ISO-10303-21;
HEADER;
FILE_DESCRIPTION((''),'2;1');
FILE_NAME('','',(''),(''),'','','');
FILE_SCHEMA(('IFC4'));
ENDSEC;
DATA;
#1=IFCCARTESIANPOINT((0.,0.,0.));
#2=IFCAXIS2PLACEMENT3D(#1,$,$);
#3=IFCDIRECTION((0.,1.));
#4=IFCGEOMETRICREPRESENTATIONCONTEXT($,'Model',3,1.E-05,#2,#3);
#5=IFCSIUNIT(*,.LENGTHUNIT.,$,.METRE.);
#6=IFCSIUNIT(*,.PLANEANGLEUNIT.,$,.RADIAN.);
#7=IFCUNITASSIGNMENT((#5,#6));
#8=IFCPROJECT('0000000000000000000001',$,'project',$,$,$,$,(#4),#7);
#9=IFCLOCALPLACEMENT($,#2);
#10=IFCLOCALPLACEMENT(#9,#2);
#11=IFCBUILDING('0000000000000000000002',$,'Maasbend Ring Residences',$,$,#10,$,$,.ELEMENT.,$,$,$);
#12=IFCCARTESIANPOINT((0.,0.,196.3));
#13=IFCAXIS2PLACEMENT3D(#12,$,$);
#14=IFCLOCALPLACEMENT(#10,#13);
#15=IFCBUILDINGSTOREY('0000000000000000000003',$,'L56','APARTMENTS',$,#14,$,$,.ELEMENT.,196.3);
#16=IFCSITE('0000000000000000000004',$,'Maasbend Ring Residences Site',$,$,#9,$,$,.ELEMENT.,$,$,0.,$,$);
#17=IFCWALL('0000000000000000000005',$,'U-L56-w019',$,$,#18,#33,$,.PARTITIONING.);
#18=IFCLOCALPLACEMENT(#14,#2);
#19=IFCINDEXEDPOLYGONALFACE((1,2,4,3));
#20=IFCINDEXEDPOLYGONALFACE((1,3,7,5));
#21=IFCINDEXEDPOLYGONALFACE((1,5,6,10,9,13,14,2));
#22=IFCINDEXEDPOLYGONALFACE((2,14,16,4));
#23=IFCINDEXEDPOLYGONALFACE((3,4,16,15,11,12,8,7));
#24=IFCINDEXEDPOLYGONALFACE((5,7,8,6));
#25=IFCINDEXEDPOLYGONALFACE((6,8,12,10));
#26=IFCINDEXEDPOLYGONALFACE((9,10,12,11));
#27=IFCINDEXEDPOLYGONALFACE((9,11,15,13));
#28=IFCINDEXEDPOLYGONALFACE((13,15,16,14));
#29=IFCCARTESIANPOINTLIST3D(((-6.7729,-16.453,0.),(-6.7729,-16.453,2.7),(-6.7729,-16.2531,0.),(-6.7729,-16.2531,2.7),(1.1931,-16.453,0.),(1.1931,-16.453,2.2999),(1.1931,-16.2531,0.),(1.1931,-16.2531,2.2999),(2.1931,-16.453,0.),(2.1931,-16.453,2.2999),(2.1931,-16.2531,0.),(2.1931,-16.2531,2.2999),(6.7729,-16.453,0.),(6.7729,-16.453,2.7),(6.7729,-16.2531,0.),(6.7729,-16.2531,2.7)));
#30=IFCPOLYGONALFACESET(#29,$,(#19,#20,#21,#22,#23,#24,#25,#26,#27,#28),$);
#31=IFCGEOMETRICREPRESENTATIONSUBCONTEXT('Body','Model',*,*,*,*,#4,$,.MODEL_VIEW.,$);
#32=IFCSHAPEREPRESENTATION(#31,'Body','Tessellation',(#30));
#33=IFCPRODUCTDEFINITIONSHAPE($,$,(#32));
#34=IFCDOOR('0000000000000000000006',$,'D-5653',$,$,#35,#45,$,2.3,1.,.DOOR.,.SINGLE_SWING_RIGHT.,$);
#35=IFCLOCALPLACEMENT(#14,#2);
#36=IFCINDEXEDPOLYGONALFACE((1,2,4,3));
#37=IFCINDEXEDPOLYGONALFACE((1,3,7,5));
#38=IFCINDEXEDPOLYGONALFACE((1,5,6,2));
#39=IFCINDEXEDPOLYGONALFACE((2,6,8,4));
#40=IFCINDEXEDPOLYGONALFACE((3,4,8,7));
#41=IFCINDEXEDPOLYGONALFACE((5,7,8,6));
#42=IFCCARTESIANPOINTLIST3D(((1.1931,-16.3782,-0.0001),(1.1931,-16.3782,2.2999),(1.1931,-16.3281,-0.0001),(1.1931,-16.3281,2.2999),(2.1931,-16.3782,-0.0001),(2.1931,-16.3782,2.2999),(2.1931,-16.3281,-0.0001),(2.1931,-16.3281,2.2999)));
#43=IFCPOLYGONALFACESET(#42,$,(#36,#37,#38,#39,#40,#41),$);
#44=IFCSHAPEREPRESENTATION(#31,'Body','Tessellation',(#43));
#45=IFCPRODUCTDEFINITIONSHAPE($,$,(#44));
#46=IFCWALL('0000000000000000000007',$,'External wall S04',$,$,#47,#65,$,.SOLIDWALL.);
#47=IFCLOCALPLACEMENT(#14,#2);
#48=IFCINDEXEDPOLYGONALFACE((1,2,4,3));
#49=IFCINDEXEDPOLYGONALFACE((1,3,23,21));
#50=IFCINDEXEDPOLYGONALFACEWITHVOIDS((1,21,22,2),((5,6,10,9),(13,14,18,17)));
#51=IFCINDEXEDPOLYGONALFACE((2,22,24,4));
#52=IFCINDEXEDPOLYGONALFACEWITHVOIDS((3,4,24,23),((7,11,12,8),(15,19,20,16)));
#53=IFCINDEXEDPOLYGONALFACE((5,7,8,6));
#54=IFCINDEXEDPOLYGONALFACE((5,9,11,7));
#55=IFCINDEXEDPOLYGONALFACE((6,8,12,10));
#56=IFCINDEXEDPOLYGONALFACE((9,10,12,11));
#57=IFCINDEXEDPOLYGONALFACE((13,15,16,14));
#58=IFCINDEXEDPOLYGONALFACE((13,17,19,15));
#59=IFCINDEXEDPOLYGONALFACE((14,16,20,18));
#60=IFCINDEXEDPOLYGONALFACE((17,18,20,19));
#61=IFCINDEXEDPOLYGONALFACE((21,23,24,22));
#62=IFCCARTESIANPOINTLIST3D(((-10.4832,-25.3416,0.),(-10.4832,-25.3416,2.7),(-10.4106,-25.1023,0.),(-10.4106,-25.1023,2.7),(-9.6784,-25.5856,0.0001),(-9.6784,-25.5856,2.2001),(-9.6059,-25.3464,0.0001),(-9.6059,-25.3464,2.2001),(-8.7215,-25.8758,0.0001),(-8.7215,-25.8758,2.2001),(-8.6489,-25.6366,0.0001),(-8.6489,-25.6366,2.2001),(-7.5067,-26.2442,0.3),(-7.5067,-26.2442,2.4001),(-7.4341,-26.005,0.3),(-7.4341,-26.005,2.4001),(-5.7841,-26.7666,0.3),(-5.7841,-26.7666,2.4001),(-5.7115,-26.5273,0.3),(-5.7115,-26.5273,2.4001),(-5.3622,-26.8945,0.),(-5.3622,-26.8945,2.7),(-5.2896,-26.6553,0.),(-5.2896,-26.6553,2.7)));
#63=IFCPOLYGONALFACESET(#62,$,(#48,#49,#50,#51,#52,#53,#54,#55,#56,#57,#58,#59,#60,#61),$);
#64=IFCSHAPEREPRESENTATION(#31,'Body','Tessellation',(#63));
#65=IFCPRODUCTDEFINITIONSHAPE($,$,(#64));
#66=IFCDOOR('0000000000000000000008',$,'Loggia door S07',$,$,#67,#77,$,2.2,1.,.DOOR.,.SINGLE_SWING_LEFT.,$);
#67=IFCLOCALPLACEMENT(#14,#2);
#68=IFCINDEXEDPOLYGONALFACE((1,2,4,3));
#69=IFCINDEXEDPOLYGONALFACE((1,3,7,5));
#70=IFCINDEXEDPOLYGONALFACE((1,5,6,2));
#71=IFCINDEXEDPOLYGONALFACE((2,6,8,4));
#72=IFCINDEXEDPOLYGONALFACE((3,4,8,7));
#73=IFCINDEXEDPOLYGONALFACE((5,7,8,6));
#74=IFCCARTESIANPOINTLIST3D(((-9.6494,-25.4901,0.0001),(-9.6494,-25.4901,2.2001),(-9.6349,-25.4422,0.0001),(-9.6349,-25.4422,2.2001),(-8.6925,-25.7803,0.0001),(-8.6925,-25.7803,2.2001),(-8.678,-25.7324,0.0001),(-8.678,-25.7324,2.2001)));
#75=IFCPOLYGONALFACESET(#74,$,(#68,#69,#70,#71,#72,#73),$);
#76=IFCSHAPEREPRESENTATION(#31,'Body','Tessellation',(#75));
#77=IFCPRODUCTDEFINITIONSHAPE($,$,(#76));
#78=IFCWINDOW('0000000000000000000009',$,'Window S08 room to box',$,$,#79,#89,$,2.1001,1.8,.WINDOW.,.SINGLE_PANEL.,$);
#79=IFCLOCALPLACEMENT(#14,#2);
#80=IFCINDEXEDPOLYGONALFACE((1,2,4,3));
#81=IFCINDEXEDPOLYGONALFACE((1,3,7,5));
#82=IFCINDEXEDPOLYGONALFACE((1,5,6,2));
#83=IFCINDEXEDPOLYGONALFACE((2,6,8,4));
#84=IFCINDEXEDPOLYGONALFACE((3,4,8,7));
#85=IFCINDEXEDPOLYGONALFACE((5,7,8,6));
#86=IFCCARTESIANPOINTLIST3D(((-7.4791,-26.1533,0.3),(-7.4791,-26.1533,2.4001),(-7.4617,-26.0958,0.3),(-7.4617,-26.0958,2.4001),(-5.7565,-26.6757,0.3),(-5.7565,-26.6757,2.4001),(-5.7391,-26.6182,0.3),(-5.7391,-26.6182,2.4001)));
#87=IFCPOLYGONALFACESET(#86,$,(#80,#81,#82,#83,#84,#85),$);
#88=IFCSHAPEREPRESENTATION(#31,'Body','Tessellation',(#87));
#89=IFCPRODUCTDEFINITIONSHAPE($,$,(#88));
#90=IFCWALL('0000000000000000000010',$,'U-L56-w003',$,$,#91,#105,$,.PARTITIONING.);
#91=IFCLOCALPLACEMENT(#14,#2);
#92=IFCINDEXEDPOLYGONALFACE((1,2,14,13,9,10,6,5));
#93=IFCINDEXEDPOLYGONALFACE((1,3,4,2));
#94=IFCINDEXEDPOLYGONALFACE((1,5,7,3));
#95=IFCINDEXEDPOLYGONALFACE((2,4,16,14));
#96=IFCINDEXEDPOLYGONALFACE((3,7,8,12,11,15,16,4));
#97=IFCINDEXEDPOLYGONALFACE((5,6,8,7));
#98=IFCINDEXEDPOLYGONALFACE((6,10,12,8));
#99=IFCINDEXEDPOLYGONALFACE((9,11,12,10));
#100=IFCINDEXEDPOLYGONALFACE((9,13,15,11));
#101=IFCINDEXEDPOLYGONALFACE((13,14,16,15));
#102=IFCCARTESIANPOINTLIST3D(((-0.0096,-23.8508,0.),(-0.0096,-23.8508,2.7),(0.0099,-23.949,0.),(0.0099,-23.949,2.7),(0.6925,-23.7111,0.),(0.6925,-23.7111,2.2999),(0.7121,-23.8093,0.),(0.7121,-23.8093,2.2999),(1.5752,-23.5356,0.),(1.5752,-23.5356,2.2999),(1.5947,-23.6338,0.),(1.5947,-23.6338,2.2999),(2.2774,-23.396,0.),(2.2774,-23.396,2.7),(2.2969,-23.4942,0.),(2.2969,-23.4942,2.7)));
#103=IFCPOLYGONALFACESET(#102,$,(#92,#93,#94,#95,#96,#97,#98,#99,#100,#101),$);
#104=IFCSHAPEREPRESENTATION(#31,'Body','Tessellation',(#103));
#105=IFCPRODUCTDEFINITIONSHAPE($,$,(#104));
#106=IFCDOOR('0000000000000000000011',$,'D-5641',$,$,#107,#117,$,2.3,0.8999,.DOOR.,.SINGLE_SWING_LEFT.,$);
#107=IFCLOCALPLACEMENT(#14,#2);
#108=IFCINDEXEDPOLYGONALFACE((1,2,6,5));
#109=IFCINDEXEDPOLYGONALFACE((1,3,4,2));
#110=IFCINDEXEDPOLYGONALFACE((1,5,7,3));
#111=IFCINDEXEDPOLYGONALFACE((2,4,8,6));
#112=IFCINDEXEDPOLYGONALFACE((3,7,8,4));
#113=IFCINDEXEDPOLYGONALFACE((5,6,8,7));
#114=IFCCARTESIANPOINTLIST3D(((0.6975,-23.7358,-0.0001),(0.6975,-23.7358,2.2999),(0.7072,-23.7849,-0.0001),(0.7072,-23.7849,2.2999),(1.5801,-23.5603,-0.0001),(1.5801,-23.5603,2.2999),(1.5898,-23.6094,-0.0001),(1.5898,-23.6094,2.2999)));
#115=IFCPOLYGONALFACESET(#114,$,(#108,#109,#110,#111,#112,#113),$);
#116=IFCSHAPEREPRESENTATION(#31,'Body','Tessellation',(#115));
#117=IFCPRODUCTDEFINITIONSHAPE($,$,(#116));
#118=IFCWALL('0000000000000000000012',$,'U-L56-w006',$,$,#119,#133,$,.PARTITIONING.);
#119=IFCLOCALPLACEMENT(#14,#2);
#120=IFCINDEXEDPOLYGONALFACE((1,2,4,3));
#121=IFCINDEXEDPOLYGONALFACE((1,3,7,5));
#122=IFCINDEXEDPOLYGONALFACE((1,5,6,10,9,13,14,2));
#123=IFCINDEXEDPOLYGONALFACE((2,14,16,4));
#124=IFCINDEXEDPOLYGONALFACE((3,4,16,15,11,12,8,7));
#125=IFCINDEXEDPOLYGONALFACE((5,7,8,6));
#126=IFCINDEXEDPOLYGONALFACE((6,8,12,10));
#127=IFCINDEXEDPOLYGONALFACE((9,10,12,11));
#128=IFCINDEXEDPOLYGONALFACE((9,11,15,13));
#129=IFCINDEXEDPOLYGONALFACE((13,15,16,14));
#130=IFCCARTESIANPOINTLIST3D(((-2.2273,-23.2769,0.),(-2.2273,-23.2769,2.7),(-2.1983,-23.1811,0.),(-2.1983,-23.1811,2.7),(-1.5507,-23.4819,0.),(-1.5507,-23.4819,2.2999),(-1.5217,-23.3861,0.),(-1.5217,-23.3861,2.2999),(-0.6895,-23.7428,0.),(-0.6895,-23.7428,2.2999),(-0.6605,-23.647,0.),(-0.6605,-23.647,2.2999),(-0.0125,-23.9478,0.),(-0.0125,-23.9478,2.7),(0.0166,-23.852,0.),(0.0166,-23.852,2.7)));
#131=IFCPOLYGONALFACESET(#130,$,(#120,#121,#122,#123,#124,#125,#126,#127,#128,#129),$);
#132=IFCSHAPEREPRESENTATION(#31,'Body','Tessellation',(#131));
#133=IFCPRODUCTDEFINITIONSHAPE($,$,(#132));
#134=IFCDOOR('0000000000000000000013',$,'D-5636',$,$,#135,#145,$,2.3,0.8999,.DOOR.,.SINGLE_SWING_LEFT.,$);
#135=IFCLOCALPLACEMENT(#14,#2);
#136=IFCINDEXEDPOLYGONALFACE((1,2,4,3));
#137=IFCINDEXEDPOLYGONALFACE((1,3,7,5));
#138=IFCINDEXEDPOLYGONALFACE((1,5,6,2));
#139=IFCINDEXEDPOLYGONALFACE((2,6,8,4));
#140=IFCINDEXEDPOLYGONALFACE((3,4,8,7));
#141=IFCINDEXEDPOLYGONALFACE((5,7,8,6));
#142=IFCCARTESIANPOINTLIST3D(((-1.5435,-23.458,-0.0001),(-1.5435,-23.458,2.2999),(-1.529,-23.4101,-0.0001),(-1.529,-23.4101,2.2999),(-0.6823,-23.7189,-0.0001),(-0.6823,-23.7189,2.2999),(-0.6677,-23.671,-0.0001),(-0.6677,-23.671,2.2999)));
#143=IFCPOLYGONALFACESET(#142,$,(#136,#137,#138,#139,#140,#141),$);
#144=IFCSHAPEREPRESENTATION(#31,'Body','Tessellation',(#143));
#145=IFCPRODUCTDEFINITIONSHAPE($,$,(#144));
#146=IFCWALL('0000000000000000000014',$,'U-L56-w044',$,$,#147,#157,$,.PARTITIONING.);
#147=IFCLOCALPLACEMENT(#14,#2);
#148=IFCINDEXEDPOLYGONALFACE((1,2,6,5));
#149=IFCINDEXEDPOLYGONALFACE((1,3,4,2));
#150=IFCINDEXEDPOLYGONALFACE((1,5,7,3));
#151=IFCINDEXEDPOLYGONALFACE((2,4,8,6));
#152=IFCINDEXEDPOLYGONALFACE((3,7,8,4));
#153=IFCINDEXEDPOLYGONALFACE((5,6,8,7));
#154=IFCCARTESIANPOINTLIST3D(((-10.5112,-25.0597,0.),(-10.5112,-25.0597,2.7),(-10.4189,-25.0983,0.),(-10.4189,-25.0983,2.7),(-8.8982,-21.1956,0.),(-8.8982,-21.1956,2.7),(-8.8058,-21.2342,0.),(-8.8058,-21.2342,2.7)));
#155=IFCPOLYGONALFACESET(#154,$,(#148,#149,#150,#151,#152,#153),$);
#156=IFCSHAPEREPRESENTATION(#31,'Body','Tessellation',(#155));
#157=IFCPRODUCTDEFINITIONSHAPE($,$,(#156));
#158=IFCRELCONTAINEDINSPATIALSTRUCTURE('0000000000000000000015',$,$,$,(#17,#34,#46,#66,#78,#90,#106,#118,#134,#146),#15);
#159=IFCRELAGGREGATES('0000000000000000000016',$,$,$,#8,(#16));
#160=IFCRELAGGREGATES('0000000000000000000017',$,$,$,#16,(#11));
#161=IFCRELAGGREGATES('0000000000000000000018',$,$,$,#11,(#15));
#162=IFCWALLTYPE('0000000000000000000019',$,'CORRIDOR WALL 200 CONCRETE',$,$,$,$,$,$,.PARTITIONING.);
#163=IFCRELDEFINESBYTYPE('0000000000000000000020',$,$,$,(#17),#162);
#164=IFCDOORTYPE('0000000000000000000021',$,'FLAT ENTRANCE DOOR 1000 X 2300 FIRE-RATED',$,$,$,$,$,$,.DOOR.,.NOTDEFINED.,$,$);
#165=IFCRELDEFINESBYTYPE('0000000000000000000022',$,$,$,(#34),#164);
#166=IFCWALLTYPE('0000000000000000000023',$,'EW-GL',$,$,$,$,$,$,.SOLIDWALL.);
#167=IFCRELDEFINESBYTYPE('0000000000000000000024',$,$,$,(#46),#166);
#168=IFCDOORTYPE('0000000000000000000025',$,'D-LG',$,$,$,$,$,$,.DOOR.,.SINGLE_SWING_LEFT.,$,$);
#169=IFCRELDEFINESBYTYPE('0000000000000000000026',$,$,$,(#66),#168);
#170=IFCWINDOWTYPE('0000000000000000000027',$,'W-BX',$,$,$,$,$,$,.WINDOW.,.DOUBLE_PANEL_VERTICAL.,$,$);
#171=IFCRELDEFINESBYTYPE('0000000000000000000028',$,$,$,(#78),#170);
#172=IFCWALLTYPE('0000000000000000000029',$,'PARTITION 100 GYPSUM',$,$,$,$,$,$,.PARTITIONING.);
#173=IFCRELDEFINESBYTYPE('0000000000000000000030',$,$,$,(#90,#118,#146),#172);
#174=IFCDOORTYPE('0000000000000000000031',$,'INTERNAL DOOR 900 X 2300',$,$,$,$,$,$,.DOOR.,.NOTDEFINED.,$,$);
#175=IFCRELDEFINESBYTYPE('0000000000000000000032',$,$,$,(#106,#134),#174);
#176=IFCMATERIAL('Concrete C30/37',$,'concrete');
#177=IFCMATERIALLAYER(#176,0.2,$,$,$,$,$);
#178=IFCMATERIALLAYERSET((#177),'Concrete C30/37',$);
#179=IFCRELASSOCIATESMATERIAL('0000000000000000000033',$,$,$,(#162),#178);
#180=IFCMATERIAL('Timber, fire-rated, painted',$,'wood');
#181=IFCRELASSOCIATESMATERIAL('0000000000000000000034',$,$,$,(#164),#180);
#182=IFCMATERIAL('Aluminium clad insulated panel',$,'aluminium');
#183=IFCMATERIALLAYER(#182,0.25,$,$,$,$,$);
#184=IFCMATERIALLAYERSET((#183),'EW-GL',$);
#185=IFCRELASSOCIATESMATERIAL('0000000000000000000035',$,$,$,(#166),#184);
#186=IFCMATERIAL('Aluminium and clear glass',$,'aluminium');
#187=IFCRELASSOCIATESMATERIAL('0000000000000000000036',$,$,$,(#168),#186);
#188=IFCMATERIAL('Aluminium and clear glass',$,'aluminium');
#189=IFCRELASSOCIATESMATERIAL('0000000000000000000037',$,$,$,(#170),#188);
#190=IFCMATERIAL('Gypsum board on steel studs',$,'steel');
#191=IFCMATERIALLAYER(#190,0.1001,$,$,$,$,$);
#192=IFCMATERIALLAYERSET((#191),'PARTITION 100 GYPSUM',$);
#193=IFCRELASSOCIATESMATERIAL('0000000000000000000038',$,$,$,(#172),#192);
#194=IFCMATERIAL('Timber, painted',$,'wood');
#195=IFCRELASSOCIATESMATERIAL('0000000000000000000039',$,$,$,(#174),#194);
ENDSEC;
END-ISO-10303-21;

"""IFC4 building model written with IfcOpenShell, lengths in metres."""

from ifc_helpers import new_model, si_unit, direction, frame, frame_2d, origin, place, context, subcontext, project, spatial, rectangle, extrude, material, layer, layer_set, type_object, element, fill, save


model = new_model("IFC4")

# Units and contexts
model_context = context("Model", 3, precision=1e-05, world=origin(), true_north=direction((0.0, 1.0)))
body_context = subcontext(model_context, "Body", "Model", "MODEL_VIEW")
ifc_project = project(units=[si_unit("LENGTHUNIT", "METRE"), si_unit("PLANEANGLEUNIT", "RADIAN")], contexts=[model_context])

# Site, building, storey
site_placement = place(None, origin())
site = spatial("IfcSite", under=ifc_project, at=site_placement, Name="Maasbend Ring Residences Site", CompositionType="ELEMENT", RefElevation=0.0)
building_placement = place(site_placement, origin())
building = spatial("IfcBuilding", under=site, at=building_placement, Name="Maasbend Ring Residences", CompositionType="ELEMENT")
storey_placement = place(building_placement, frame((0.0, 0.0, 196.3)))
storey = spatial("IfcBuildingStorey", under=building, at=storey_placement, Name="L56", Description="APARTMENTS", CompositionType="ELEMENT", Elevation=196.3)

# Wall, opening, door
ifc_material_1 = material(Name="Concrete C30/37", Category="concrete")
ifc_layer_1 = layer(ifc_material_1, 0.2)
ifc_layer_set_1 = layer_set([ifc_layer_1], Name="Concrete C30/37")
wall_type_1 = type_object("IfcWallType", Name="CORRIDOR WALL 200 CONCRETE", PredefinedType="PARTITIONING", material=ifc_layer_set_1)
ifc_material_2 = material(Name="Timber, fire-rated, painted", Category="wood")
door_type_1 = type_object("IfcDoorType", Name="FLAT ENTRANCE DOOR 1000 X 2300 FIRE-RATED", OperationType="NOTDEFINED", PredefinedType="DOOR", material=ifc_material_2)
wall_1_placement = place(storey_placement, frame((-6.7729, -16.353, 0.0), z_axis=(0.0, 0.0, 1.0), x_axis=(1.0, 0.0, 0.0)))
wall_1 = element("IfcWall", 1, at=wall_1_placement, inside=storey, type_object=wall_type_1, Name="U-L56-w019", PredefinedType="PARTITIONING", context=body_context, shape_type="SweptSolid", body=[
    extrude(rectangle(XDim=13.5459, YDim=0.2, at=frame_2d((6.7729, 0.0))), origin(), (0.0, 0.0, 1.0), 2.7),
])
opening_1_placement = place(wall_1_placement, frame((7.9661, 0.0, 0.0)))
opening_1 = element("IfcOpeningElement", 2, at=opening_1_placement, cuts=wall_1, PredefinedType="OPENING", context=body_context, shape_type="SweptSolid", body=[
    extrude(rectangle(XDim=1.0, YDim=2.3, at=frame_2d((0.5, 1.1499))), frame((0.0, 0.1099, 0.0), z_axis=(0.0, -1.0, 0.0), x_axis=(1.0, 0.0, 0.0)), (0.0, 0.0, 1.0), 0.22),
])
door_1_placement = place(opening_1_placement, origin())
door_1 = element("IfcDoor", 3, at=door_1_placement, inside=storey, type_object=door_type_1, Name="D-5653", OperationType="SINGLE_SWING_RIGHT", OverallHeight=2.3, OverallWidth=1.0, PredefinedType="DOOR", context=body_context, shape_type="SweptSolid", body=[
    extrude(rectangle(XDim=1.0, YDim=2.3, at=frame_2d((0.5, 1.1499))), frame((0.0, 0.0249, 0.0), z_axis=(0.0, -1.0, 0.0), x_axis=(1.0, 0.0, 0.0)), (0.0, 0.0, 1.0), 0.05),
])
fill(opening_1, door_1)

# Wall, openings, door, window
ifc_material_3 = material(Name="Aluminium clad insulated panel", Category="aluminium")
ifc_layer_2 = layer(ifc_material_3, 0.25)
ifc_layer_set_2 = layer_set([ifc_layer_2], Name="EW-GL")
wall_type_2 = type_object("IfcWallType", Name="EW-GL", PredefinedType="SOLIDWALL", material=ifc_layer_set_2)
wall_2_placement = place(storey_placement, frame((-10.447, -25.2219, 0.0), z_axis=(0.0, 0.0, 1.0), x_axis=(0.956966, -0.290201, 0.0)))
wall_2 = element("IfcWall", 4, at=wall_2_placement, inside=storey, type_object=wall_type_2, Name="External wall S04", PredefinedType="SOLIDWALL", context=body_context, shape_type="SweptSolid", body=[
    extrude(rectangle(XDim=5.3513, YDim=0.25, at=frame_2d((2.6758, 0.0))), origin(), (0.0, 0.0, 1.0), 2.7),
])
opening_2_placement = place(wall_2_placement, frame((0.8411, 0.0, 0.0)))
opening_2 = element("IfcOpeningElement", 5, at=opening_2_placement, cuts=wall_2, PredefinedType="OPENING", context=body_context, shape_type="SweptSolid", body=[
    extrude(rectangle(XDim=1.0, YDim=2.2, at=frame_2d((0.5, 1.1001))), frame((0.0, 0.135, 0.0), z_axis=(0.0, -1.0, 0.0), x_axis=(1.0, 0.0, 0.0)), (0.0, 0.0, 1.0), 0.27),
])
opening_3_placement = place(wall_2_placement, frame((3.1106, 0.0, 0.3)))
opening_3 = element("IfcOpeningElement", 6, at=opening_3_placement, cuts=wall_2, PredefinedType="OPENING", context=body_context, shape_type="SweptSolid", body=[
    extrude(rectangle(XDim=1.8, YDim=2.1001, at=frame_2d((0.8999, 1.05))), frame((0.0, 0.135, 0.0), z_axis=(0.0, -1.0, 0.0), x_axis=(1.0, 0.0, 0.0)), (0.0, 0.0, 1.0), 0.27),
])
ifc_material_4 = material(Name="Aluminium and clear glass", Category="aluminium")
door_type_2 = type_object("IfcDoorType", Name="D-LG", OperationType="SINGLE_SWING_LEFT", PredefinedType="DOOR", material=ifc_material_4)
door_2_placement = place(opening_2_placement, origin())
door_2 = element("IfcDoor", 7, at=door_2_placement, inside=storey, type_object=door_type_2, Name="Loggia door S07", OperationType="SINGLE_SWING_LEFT", OverallHeight=2.2, OverallWidth=1.0, PredefinedType="DOOR", context=body_context, shape_type="SweptSolid", body=[
    extrude(rectangle(XDim=1.0, YDim=2.2, at=frame_2d((0.5, 1.1001))), frame((0.0, 0.0249, 0.0), z_axis=(0.0, -1.0, 0.0), x_axis=(1.0, 0.0, 0.0)), (0.0, 0.0, 1.0), 0.05),
])
fill(opening_2, door_2)
ifc_material_5 = material(Name="Aluminium and clear glass", Category="aluminium")
window_type = type_object("IfcWindowType", Name="W-BX", PartitioningType="DOUBLE_PANEL_VERTICAL", PredefinedType="WINDOW", material=ifc_material_5)
window_placement = place(opening_3_placement, origin())
window = element("IfcWindow", 8, at=window_placement, inside=storey, type_object=window_type, Name="Window S08 room to box", OverallHeight=2.1001, OverallWidth=1.8, PartitioningType="SINGLE_PANEL", PredefinedType="WINDOW", context=body_context, shape_type="SweptSolid", body=[
    extrude(rectangle(XDim=1.8, YDim=2.1001, at=frame_2d((0.8999, 1.05))), frame((0.0, 0.03, 0.0), z_axis=(0.0, -1.0, 0.0), x_axis=(1.0, 0.0, 0.0)), (0.0, 0.0, 1.0), 0.0601),
])
fill(opening_3, window)

# Walls, openings, doors
ifc_material_6 = material(Name="Gypsum board on steel studs", Category="steel")
ifc_layer_3 = layer(ifc_material_6, 0.1001)
ifc_layer_set_3 = layer_set([ifc_layer_3], Name="PARTITION 100 GYPSUM")
wall_type_3 = type_object("IfcWallType", Name="PARTITION 100 GYPSUM", PredefinedType="PARTITIONING", material=ifc_layer_set_3)
wall_3_placement = place(storey_placement, frame((0.0, -23.8999, 0.0), z_axis=(0.0, 0.0, 1.0), x_axis=(0.980794, 0.195049, 0.0)))
wall_3 = element("IfcWall", 9, at=wall_3_placement, inside=storey, type_object=wall_type_3, Name="U-L56-w003", PredefinedType="PARTITIONING", context=body_context, shape_type="SweptSolid", body=[
    extrude(rectangle(XDim=2.3318, YDim=0.1001, at=frame_2d((1.166, 0.0))), origin(), (0.0, 0.0, 1.0), 2.7),
])
opening_4_placement = place(wall_3_placement, frame((0.7161, 0.0, 0.0)))
opening_4 = element("IfcOpeningElement", 10, at=opening_4_placement, cuts=wall_3, PredefinedType="OPENING", context=body_context, shape_type="SweptSolid", body=[
    extrude(rectangle(XDim=0.8999, YDim=2.3, at=frame_2d((0.45, 1.1499))), frame((0.0, 0.0601, 0.0), z_axis=(0.0, -1.0, 0.0), x_axis=(1.0, 0.0, 0.0)), (0.0, 0.0, 1.0), 0.1201),
])
ifc_material_7 = material(Name="Timber, painted", Category="wood")
door_type_3 = type_object("IfcDoorType", Name="INTERNAL DOOR 900 X 2300", OperationType="NOTDEFINED", PredefinedType="DOOR", material=ifc_material_7)
door_3_placement = place(opening_4_placement, origin())
door_3 = element("IfcDoor", 11, at=door_3_placement, inside=storey, type_object=door_type_3, Name="D-5641", OperationType="SINGLE_SWING_LEFT", OverallHeight=2.3, OverallWidth=0.8999, PredefinedType="DOOR", context=body_context, shape_type="SweptSolid", body=[
    extrude(rectangle(XDim=0.8999, YDim=2.3, at=frame_2d((0.45, 1.1499))), frame((0.0, 0.0249, 0.0), z_axis=(0.0, -1.0, 0.0), x_axis=(1.0, 0.0, 0.0)), (0.0, 0.0, 1.0), 0.05),
])
fill(opening_4, door_3)
wall_4_placement = place(storey_placement, frame((-2.2129, -23.229, 0.0), z_axis=(0.0, 0.0, 1.0), x_axis=(0.957056, -0.289902, 0.0)))
wall_4 = element("IfcWall", 12, at=wall_4_placement, inside=storey, type_object=wall_type_3, Name="U-L56-w006", PredefinedType="PARTITIONING", context=body_context, shape_type="SweptSolid", body=[
    extrude(rectangle(XDim=2.3142, YDim=0.1001, at=frame_2d((1.1572, 0.0))), origin(), (0.0, 0.0, 1.0), 2.7),
])
opening_5_placement = place(wall_4_placement, frame((0.707, 0.0, 0.0)))
opening_5 = element("IfcOpeningElement", 13, at=opening_5_placement, cuts=wall_4, PredefinedType="OPENING", context=body_context, shape_type="SweptSolid", body=[
    extrude(rectangle(XDim=0.8999, YDim=2.3, at=frame_2d((0.45, 1.1499))), frame((0.0, 0.0601, 0.0), z_axis=(0.0, -1.0, 0.0), x_axis=(1.0, 0.0, 0.0)), (0.0, 0.0, 1.0), 0.1201),
])
door_4_placement = place(opening_5_placement, origin())
door_4 = element("IfcDoor", 14, at=door_4_placement, inside=storey, type_object=door_type_3, Name="D-5636", OperationType="SINGLE_SWING_LEFT", OverallHeight=2.3, OverallWidth=0.8999, PredefinedType="DOOR", context=body_context, shape_type="SweptSolid", body=[
    extrude(rectangle(XDim=0.8999, YDim=2.3, at=frame_2d((0.45, 1.1499))), frame((0.0, 0.0249, 0.0), z_axis=(0.0, -1.0, 0.0), x_axis=(1.0, 0.0, 0.0)), (0.0, 0.0, 1.0), 0.05),
])
fill(opening_5, door_4)

# Wall
wall_5_placement = place(storey_placement, frame((-10.4651, -25.0791, 0.0), z_axis=(0.0, 0.0, 1.0), x_axis=(0.385232, 0.92282, 0.0)))
element("IfcWall", 15, at=wall_5_placement, inside=storey, type_object=wall_type_3, Name="U-L56-w044", PredefinedType="PARTITIONING", context=body_context, shape_type="SweptSolid", body=[
    extrude(rectangle(XDim=4.1873, YDim=0.1001, at=frame_2d((2.0938, 0.0))), origin(), (0.0, 0.0, 1.0), 2.7),
])

save(model, "model.ifc")
